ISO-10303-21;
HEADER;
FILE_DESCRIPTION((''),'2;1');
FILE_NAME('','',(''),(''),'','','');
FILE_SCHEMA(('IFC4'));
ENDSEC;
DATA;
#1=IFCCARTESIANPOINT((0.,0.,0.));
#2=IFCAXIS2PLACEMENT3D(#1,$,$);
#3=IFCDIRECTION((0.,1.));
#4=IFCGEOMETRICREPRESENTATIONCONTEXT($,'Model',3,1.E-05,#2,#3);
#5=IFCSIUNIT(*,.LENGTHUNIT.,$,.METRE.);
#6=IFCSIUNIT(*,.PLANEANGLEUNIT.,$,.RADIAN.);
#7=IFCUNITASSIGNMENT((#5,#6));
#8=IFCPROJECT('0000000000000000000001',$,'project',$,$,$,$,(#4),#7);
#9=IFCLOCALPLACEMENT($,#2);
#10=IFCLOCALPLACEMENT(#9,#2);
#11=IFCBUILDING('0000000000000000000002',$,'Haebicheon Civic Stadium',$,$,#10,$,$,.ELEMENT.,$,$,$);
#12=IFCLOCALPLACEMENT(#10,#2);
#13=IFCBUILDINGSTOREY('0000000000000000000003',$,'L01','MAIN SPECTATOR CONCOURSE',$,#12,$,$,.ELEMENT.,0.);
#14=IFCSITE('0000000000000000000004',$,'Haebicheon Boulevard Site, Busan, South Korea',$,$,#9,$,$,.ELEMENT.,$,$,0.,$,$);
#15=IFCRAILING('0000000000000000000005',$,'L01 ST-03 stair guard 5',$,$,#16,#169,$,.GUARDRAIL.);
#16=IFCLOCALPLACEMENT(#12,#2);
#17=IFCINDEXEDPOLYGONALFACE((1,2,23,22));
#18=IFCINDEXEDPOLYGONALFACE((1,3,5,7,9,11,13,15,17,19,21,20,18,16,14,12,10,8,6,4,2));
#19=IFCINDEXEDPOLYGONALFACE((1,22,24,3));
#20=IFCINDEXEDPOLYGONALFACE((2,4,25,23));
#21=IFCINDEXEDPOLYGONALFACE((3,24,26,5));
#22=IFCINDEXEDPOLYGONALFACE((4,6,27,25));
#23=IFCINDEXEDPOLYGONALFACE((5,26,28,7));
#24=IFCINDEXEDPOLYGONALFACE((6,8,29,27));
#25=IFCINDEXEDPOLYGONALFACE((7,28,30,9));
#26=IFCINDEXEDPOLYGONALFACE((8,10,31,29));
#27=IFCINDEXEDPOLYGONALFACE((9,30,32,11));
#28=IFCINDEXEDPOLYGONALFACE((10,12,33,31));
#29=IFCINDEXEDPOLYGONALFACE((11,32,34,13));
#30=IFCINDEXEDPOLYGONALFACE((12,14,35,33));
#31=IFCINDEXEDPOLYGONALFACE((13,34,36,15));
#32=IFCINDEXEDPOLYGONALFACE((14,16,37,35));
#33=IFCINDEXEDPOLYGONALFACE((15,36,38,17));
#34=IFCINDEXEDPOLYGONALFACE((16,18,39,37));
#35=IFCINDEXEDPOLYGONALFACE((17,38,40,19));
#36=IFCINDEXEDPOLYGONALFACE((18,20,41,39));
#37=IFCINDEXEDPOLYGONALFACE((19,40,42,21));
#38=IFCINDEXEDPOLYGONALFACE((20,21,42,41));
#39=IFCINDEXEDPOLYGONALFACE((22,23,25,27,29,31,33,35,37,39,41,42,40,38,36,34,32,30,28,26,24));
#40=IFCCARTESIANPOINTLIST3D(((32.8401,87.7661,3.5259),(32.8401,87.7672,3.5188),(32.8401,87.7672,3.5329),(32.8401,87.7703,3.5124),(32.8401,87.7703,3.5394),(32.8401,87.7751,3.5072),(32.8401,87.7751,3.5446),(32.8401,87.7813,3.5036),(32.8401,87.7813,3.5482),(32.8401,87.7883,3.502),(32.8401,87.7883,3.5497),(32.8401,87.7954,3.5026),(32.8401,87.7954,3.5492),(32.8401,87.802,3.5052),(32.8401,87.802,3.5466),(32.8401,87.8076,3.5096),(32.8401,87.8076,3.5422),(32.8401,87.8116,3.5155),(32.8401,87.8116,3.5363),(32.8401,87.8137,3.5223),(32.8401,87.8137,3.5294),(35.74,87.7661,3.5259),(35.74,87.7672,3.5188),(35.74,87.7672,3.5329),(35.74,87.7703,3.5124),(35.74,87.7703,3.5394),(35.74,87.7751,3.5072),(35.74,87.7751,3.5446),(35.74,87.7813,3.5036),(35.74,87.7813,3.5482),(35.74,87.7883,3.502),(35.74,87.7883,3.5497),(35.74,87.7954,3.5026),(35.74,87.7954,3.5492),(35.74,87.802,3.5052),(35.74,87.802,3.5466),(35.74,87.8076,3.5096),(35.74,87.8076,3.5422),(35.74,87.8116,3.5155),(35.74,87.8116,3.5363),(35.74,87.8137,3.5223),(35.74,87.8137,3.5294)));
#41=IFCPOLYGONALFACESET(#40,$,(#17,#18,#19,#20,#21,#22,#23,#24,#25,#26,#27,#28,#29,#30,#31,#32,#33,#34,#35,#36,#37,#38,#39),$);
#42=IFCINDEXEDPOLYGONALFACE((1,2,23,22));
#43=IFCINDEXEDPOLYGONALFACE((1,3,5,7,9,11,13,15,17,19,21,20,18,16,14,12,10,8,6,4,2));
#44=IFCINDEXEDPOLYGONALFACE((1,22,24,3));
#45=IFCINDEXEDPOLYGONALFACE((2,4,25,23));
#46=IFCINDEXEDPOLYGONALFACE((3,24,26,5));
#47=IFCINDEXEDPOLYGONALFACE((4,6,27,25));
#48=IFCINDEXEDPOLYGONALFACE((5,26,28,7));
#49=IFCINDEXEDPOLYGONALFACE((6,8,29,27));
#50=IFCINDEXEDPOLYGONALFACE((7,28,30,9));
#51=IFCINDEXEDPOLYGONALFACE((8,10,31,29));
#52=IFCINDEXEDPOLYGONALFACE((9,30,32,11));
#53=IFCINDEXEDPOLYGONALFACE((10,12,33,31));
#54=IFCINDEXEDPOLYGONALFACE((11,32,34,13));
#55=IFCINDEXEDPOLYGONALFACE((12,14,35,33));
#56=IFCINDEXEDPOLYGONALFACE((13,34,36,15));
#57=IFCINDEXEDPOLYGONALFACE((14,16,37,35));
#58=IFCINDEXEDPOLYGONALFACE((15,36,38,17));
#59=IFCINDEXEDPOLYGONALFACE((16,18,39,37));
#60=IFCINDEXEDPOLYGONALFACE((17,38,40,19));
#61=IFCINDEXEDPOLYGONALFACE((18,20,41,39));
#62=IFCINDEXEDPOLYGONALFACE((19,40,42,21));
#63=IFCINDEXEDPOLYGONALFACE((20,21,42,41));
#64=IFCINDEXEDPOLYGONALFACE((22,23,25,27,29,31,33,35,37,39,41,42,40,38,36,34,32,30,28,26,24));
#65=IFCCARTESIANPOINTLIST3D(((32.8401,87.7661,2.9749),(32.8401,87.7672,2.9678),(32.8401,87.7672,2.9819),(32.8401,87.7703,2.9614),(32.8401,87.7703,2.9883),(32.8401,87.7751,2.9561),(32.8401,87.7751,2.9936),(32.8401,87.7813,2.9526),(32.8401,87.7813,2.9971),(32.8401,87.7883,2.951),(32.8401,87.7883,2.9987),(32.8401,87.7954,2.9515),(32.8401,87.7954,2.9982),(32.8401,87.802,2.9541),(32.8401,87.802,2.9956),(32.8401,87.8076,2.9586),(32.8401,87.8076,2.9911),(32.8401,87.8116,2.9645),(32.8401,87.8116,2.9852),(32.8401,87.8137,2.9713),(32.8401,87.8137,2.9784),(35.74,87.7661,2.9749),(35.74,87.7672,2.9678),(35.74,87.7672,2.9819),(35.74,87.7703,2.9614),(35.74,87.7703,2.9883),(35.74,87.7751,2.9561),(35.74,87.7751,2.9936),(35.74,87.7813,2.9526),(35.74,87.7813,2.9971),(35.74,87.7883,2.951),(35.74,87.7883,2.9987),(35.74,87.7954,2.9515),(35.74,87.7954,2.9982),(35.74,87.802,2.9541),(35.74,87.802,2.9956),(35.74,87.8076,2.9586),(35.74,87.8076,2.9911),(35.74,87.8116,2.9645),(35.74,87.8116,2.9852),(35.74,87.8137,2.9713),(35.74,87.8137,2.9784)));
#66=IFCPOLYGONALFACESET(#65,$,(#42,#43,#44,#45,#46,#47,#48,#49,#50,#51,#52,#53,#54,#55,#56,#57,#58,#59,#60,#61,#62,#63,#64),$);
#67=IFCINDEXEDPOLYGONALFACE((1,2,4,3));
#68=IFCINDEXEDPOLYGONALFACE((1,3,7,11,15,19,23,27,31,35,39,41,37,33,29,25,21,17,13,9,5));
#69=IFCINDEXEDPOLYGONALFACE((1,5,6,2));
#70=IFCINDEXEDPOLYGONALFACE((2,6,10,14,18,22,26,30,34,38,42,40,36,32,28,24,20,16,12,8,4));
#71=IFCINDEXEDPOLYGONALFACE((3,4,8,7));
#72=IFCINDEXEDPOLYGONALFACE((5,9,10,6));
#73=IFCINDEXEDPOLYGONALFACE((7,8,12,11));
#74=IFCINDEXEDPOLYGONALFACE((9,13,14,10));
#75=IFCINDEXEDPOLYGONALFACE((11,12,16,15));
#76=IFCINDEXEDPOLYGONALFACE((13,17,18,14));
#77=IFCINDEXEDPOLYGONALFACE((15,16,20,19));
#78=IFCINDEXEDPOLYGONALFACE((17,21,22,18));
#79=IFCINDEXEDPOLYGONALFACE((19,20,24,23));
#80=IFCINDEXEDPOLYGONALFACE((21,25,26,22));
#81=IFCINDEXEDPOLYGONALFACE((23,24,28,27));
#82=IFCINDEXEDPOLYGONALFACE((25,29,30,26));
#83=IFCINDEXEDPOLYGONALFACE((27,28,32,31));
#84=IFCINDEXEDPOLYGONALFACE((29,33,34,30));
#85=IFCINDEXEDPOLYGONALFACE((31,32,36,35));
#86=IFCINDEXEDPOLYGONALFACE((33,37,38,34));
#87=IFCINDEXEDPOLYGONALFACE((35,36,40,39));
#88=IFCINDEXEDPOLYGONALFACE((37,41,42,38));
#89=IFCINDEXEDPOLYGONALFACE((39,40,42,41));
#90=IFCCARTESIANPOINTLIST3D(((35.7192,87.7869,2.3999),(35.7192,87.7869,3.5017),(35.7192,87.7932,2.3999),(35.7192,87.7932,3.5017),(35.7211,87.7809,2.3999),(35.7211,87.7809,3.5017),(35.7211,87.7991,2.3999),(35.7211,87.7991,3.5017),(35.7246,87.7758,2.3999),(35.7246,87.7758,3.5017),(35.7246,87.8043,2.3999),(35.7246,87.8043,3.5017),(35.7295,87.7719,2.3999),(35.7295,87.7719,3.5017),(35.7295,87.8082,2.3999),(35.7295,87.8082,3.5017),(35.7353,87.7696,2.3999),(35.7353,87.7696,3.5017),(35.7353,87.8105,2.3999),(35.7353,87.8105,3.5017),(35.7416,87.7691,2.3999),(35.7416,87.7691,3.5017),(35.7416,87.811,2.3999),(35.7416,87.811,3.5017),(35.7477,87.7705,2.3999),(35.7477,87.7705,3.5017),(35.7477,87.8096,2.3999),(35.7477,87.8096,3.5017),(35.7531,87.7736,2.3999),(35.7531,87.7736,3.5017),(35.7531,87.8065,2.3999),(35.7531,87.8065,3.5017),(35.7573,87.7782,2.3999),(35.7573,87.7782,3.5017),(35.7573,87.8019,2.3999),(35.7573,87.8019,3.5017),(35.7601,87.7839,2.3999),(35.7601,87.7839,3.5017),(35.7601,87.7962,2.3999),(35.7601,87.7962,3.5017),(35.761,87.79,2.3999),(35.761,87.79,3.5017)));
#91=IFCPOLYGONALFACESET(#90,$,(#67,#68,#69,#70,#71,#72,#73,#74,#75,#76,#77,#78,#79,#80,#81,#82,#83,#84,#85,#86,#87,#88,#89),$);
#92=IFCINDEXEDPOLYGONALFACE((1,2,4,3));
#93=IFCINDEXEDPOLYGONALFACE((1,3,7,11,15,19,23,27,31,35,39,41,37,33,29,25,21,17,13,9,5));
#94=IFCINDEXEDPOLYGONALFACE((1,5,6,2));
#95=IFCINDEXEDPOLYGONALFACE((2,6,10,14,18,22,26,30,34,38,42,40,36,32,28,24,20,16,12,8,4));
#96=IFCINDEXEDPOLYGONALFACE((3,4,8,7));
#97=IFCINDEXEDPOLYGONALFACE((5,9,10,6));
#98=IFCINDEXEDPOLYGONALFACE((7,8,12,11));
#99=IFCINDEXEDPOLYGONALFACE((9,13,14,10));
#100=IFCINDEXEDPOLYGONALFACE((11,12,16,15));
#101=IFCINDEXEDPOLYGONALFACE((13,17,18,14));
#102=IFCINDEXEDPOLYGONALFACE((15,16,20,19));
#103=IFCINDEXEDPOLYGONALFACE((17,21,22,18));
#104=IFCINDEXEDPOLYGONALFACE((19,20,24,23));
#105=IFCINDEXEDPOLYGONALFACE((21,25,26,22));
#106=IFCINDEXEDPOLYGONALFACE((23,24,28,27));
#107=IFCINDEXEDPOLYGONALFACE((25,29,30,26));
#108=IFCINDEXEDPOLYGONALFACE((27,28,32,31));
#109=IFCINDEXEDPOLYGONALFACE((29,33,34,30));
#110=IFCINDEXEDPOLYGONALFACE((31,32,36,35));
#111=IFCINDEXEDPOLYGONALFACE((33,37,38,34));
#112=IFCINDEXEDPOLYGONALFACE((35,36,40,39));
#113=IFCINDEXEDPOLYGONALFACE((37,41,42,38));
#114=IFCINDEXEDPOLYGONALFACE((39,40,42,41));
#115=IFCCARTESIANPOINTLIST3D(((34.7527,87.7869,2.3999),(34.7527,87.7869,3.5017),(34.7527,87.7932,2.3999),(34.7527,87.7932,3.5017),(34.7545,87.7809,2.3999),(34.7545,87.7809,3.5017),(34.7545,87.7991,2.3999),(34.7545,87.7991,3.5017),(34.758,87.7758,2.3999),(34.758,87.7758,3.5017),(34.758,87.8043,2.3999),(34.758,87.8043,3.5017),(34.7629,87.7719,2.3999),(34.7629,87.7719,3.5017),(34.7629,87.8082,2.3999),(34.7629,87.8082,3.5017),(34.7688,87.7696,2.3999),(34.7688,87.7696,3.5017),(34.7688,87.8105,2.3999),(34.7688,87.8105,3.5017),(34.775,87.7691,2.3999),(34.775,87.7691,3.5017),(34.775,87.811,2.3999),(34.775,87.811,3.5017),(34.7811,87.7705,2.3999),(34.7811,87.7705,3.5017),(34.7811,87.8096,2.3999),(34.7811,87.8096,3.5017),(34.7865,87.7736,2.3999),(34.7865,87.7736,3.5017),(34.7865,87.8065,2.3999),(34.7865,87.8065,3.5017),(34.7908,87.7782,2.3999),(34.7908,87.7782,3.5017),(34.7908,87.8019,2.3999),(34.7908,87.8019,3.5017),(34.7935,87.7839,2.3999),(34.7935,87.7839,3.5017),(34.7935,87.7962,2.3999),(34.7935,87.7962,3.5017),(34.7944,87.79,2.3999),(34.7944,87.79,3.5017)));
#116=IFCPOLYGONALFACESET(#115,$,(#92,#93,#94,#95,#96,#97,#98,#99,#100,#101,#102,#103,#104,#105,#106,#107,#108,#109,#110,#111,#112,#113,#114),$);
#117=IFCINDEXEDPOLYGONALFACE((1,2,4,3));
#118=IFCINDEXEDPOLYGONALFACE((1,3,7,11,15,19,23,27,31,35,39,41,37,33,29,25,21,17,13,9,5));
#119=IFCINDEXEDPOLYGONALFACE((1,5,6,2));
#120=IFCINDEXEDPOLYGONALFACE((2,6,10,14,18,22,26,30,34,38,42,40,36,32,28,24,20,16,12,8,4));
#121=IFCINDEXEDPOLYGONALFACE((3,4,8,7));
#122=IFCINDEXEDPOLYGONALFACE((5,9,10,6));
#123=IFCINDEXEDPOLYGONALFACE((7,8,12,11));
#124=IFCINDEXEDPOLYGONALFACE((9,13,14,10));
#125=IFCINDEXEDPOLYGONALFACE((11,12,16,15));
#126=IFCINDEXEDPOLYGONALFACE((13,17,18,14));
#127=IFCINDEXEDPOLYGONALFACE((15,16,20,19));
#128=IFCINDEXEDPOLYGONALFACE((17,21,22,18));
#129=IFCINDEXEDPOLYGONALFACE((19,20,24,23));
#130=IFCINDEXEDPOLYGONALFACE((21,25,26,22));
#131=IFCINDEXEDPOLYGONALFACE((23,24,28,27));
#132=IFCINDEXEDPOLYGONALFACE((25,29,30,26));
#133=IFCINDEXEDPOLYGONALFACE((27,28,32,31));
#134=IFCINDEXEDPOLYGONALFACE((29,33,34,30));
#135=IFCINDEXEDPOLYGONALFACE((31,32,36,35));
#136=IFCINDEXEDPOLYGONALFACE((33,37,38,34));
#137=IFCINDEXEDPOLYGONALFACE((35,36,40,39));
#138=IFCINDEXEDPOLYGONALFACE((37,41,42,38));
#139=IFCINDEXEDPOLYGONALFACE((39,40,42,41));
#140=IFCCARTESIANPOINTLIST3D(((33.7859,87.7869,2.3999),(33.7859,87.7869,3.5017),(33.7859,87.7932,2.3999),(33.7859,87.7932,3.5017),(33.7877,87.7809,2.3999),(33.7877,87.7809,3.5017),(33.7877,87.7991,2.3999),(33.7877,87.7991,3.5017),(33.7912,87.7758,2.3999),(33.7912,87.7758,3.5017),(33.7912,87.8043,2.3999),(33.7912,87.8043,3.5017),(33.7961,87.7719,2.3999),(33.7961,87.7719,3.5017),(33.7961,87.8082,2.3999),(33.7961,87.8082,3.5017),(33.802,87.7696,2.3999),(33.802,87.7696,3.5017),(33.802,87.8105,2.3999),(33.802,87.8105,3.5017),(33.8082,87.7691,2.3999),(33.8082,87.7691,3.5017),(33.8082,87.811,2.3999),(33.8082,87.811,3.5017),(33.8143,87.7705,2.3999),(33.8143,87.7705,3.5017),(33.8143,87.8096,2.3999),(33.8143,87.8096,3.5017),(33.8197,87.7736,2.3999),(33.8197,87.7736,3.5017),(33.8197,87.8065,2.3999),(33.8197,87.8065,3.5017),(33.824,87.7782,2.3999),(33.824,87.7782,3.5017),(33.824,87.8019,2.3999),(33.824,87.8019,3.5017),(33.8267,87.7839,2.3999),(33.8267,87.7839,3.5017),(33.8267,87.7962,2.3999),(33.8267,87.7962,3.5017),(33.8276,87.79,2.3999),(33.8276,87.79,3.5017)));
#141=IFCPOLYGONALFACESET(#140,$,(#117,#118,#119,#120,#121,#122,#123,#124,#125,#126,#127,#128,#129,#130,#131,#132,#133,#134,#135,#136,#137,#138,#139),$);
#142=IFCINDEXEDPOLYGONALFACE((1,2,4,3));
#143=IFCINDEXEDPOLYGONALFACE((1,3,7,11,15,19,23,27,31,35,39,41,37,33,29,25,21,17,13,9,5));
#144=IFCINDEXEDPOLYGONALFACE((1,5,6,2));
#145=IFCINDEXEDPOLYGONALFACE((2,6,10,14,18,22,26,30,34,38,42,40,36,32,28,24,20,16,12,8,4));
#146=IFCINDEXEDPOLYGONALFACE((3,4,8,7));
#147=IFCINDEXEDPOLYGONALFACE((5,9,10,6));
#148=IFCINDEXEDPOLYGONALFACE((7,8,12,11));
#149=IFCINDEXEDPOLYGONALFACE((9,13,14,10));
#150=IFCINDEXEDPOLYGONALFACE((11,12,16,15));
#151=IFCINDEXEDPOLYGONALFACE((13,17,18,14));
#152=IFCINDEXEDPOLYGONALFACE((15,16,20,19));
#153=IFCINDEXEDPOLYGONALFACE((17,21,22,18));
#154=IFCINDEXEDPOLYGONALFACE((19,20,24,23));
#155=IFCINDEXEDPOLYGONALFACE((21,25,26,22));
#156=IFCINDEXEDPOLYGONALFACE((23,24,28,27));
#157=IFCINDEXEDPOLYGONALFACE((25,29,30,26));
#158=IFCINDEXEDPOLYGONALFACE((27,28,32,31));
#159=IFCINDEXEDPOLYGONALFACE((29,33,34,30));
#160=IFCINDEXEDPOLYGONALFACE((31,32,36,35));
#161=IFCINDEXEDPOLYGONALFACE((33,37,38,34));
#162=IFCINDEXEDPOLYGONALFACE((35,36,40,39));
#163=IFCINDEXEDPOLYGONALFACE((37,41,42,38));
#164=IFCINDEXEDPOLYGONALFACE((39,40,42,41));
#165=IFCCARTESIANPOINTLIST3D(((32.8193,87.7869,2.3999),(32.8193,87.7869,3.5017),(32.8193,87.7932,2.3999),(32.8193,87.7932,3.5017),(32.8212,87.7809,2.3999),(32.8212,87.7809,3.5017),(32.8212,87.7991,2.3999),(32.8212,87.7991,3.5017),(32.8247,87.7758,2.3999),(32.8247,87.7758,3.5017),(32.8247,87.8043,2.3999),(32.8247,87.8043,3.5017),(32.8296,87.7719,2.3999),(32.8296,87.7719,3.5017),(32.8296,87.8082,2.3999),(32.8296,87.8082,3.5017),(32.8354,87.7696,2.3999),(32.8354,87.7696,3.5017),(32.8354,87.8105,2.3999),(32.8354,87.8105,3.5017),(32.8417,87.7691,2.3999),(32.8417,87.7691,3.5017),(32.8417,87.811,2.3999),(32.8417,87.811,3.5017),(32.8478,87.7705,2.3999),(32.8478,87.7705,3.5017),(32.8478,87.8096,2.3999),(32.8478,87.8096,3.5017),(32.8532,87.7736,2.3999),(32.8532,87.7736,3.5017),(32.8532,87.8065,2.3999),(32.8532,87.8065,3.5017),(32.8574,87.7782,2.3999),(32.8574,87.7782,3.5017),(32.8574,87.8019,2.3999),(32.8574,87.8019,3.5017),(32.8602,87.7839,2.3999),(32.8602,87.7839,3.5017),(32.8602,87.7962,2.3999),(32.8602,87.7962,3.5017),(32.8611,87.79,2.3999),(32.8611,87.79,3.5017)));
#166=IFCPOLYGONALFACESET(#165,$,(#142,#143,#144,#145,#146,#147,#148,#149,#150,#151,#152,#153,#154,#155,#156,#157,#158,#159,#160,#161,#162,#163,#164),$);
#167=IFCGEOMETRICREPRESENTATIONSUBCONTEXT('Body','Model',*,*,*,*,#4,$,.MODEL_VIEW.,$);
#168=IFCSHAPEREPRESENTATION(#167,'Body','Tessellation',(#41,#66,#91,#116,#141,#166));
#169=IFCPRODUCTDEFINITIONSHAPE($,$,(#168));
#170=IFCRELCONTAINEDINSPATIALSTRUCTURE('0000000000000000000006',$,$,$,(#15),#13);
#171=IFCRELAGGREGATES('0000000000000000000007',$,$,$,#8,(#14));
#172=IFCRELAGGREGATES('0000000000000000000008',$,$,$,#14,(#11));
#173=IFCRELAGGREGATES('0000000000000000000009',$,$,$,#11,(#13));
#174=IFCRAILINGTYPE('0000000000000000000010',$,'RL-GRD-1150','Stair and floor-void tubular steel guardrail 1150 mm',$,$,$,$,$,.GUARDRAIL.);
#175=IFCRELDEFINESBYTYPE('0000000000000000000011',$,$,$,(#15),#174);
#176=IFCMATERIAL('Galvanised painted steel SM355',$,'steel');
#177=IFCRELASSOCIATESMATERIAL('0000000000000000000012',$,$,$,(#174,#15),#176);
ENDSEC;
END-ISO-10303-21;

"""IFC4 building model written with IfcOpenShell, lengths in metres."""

from ifc_helpers import new_model, si_unit, direction, frame, origin, origin_2d, place, context, subcontext, project, spatial, circle, extrude, material, type_object, element, save


model = new_model("IFC4")

# Units and contexts
model_context = context("Model", 3, precision=1e-05, world=origin(), true_north=direction((0.0, 1.0)))
body_context = subcontext(model_context, "Body", "Model", "MODEL_VIEW")
ifc_project = project(units=[si_unit("LENGTHUNIT", "METRE"), si_unit("PLANEANGLEUNIT", "RADIAN")], contexts=[model_context])

# Site, building, storey
site_placement = place(None, origin())
site = spatial("IfcSite", under=ifc_project, at=site_placement, Name="Haebicheon Boulevard Site, Busan, South Korea", CompositionType="ELEMENT", RefElevation=0.0)
building_placement = place(site_placement, origin())
building = spatial("IfcBuilding", under=site, at=building_placement, Name="Haebicheon Civic Stadium", CompositionType="ELEMENT")
storey_placement = place(building_placement, origin())
storey = spatial("IfcBuildingStorey", under=building, at=storey_placement, Name="L01", Description="MAIN SPECTATOR CONCOURSE", CompositionType="ELEMENT", Elevation=0.0)

# Railing
ifc_material_1 = material(Name="Galvanised painted steel SM355", Category="steel")
railing_type_1 = type_object("IfcRailingType", Name="RL-GRD-1150", Description="Stair and floor-void tubular steel guardrail 1150 mm", PredefinedType="GUARDRAIL", material=ifc_material_1)
railing_1_placement = place(storey_placement, frame((35.74, 87.79, 2.3999)))
element("IfcRailing", 1, at=railing_1_placement, inside=storey, type_object=railing_type_1, material=ifc_material_1, Name="L01 ST-03 stair guard 5", PredefinedType="GUARDRAIL", context=body_context, shape_type="SweptSolid", body=[
    extrude(circle(Radius=0.0239, at=origin_2d()), frame((0.0, 0.0, 1.126), z_axis=(-1.0, 0.0, 0.0), x_axis=(0.0, -1.0, 0.0)), (0.0, 0.0, 1.0), 2.8999),
    extrude(circle(Radius=0.0239, at=origin_2d()), frame((0.0, 0.0, 0.575), z_axis=(-1.0, 0.0, 0.0), x_axis=(0.0, -1.0, 0.0)), (0.0, 0.0, 1.0), 2.8999),
    extrude(circle(Radius=0.021, at=origin_2d()), origin(), (0.0, 0.0, 1.0), 1.1018),
    extrude(circle(Radius=0.021, at=origin_2d()), frame((-0.9666, 0.0, 0.0)), (0.0, 0.0, 1.0), 1.1018),
    extrude(circle(Radius=0.021, at=origin_2d()), frame((-1.9333, 0.0, 0.0)), (0.0, 0.0, 1.0), 1.1018),
    extrude(circle(Radius=0.021, at=origin_2d()), frame((-2.8999, 0.0, 0.0)), (0.0, 0.0, 1.0), 1.1018),
])

save(model, "model.ifc")
